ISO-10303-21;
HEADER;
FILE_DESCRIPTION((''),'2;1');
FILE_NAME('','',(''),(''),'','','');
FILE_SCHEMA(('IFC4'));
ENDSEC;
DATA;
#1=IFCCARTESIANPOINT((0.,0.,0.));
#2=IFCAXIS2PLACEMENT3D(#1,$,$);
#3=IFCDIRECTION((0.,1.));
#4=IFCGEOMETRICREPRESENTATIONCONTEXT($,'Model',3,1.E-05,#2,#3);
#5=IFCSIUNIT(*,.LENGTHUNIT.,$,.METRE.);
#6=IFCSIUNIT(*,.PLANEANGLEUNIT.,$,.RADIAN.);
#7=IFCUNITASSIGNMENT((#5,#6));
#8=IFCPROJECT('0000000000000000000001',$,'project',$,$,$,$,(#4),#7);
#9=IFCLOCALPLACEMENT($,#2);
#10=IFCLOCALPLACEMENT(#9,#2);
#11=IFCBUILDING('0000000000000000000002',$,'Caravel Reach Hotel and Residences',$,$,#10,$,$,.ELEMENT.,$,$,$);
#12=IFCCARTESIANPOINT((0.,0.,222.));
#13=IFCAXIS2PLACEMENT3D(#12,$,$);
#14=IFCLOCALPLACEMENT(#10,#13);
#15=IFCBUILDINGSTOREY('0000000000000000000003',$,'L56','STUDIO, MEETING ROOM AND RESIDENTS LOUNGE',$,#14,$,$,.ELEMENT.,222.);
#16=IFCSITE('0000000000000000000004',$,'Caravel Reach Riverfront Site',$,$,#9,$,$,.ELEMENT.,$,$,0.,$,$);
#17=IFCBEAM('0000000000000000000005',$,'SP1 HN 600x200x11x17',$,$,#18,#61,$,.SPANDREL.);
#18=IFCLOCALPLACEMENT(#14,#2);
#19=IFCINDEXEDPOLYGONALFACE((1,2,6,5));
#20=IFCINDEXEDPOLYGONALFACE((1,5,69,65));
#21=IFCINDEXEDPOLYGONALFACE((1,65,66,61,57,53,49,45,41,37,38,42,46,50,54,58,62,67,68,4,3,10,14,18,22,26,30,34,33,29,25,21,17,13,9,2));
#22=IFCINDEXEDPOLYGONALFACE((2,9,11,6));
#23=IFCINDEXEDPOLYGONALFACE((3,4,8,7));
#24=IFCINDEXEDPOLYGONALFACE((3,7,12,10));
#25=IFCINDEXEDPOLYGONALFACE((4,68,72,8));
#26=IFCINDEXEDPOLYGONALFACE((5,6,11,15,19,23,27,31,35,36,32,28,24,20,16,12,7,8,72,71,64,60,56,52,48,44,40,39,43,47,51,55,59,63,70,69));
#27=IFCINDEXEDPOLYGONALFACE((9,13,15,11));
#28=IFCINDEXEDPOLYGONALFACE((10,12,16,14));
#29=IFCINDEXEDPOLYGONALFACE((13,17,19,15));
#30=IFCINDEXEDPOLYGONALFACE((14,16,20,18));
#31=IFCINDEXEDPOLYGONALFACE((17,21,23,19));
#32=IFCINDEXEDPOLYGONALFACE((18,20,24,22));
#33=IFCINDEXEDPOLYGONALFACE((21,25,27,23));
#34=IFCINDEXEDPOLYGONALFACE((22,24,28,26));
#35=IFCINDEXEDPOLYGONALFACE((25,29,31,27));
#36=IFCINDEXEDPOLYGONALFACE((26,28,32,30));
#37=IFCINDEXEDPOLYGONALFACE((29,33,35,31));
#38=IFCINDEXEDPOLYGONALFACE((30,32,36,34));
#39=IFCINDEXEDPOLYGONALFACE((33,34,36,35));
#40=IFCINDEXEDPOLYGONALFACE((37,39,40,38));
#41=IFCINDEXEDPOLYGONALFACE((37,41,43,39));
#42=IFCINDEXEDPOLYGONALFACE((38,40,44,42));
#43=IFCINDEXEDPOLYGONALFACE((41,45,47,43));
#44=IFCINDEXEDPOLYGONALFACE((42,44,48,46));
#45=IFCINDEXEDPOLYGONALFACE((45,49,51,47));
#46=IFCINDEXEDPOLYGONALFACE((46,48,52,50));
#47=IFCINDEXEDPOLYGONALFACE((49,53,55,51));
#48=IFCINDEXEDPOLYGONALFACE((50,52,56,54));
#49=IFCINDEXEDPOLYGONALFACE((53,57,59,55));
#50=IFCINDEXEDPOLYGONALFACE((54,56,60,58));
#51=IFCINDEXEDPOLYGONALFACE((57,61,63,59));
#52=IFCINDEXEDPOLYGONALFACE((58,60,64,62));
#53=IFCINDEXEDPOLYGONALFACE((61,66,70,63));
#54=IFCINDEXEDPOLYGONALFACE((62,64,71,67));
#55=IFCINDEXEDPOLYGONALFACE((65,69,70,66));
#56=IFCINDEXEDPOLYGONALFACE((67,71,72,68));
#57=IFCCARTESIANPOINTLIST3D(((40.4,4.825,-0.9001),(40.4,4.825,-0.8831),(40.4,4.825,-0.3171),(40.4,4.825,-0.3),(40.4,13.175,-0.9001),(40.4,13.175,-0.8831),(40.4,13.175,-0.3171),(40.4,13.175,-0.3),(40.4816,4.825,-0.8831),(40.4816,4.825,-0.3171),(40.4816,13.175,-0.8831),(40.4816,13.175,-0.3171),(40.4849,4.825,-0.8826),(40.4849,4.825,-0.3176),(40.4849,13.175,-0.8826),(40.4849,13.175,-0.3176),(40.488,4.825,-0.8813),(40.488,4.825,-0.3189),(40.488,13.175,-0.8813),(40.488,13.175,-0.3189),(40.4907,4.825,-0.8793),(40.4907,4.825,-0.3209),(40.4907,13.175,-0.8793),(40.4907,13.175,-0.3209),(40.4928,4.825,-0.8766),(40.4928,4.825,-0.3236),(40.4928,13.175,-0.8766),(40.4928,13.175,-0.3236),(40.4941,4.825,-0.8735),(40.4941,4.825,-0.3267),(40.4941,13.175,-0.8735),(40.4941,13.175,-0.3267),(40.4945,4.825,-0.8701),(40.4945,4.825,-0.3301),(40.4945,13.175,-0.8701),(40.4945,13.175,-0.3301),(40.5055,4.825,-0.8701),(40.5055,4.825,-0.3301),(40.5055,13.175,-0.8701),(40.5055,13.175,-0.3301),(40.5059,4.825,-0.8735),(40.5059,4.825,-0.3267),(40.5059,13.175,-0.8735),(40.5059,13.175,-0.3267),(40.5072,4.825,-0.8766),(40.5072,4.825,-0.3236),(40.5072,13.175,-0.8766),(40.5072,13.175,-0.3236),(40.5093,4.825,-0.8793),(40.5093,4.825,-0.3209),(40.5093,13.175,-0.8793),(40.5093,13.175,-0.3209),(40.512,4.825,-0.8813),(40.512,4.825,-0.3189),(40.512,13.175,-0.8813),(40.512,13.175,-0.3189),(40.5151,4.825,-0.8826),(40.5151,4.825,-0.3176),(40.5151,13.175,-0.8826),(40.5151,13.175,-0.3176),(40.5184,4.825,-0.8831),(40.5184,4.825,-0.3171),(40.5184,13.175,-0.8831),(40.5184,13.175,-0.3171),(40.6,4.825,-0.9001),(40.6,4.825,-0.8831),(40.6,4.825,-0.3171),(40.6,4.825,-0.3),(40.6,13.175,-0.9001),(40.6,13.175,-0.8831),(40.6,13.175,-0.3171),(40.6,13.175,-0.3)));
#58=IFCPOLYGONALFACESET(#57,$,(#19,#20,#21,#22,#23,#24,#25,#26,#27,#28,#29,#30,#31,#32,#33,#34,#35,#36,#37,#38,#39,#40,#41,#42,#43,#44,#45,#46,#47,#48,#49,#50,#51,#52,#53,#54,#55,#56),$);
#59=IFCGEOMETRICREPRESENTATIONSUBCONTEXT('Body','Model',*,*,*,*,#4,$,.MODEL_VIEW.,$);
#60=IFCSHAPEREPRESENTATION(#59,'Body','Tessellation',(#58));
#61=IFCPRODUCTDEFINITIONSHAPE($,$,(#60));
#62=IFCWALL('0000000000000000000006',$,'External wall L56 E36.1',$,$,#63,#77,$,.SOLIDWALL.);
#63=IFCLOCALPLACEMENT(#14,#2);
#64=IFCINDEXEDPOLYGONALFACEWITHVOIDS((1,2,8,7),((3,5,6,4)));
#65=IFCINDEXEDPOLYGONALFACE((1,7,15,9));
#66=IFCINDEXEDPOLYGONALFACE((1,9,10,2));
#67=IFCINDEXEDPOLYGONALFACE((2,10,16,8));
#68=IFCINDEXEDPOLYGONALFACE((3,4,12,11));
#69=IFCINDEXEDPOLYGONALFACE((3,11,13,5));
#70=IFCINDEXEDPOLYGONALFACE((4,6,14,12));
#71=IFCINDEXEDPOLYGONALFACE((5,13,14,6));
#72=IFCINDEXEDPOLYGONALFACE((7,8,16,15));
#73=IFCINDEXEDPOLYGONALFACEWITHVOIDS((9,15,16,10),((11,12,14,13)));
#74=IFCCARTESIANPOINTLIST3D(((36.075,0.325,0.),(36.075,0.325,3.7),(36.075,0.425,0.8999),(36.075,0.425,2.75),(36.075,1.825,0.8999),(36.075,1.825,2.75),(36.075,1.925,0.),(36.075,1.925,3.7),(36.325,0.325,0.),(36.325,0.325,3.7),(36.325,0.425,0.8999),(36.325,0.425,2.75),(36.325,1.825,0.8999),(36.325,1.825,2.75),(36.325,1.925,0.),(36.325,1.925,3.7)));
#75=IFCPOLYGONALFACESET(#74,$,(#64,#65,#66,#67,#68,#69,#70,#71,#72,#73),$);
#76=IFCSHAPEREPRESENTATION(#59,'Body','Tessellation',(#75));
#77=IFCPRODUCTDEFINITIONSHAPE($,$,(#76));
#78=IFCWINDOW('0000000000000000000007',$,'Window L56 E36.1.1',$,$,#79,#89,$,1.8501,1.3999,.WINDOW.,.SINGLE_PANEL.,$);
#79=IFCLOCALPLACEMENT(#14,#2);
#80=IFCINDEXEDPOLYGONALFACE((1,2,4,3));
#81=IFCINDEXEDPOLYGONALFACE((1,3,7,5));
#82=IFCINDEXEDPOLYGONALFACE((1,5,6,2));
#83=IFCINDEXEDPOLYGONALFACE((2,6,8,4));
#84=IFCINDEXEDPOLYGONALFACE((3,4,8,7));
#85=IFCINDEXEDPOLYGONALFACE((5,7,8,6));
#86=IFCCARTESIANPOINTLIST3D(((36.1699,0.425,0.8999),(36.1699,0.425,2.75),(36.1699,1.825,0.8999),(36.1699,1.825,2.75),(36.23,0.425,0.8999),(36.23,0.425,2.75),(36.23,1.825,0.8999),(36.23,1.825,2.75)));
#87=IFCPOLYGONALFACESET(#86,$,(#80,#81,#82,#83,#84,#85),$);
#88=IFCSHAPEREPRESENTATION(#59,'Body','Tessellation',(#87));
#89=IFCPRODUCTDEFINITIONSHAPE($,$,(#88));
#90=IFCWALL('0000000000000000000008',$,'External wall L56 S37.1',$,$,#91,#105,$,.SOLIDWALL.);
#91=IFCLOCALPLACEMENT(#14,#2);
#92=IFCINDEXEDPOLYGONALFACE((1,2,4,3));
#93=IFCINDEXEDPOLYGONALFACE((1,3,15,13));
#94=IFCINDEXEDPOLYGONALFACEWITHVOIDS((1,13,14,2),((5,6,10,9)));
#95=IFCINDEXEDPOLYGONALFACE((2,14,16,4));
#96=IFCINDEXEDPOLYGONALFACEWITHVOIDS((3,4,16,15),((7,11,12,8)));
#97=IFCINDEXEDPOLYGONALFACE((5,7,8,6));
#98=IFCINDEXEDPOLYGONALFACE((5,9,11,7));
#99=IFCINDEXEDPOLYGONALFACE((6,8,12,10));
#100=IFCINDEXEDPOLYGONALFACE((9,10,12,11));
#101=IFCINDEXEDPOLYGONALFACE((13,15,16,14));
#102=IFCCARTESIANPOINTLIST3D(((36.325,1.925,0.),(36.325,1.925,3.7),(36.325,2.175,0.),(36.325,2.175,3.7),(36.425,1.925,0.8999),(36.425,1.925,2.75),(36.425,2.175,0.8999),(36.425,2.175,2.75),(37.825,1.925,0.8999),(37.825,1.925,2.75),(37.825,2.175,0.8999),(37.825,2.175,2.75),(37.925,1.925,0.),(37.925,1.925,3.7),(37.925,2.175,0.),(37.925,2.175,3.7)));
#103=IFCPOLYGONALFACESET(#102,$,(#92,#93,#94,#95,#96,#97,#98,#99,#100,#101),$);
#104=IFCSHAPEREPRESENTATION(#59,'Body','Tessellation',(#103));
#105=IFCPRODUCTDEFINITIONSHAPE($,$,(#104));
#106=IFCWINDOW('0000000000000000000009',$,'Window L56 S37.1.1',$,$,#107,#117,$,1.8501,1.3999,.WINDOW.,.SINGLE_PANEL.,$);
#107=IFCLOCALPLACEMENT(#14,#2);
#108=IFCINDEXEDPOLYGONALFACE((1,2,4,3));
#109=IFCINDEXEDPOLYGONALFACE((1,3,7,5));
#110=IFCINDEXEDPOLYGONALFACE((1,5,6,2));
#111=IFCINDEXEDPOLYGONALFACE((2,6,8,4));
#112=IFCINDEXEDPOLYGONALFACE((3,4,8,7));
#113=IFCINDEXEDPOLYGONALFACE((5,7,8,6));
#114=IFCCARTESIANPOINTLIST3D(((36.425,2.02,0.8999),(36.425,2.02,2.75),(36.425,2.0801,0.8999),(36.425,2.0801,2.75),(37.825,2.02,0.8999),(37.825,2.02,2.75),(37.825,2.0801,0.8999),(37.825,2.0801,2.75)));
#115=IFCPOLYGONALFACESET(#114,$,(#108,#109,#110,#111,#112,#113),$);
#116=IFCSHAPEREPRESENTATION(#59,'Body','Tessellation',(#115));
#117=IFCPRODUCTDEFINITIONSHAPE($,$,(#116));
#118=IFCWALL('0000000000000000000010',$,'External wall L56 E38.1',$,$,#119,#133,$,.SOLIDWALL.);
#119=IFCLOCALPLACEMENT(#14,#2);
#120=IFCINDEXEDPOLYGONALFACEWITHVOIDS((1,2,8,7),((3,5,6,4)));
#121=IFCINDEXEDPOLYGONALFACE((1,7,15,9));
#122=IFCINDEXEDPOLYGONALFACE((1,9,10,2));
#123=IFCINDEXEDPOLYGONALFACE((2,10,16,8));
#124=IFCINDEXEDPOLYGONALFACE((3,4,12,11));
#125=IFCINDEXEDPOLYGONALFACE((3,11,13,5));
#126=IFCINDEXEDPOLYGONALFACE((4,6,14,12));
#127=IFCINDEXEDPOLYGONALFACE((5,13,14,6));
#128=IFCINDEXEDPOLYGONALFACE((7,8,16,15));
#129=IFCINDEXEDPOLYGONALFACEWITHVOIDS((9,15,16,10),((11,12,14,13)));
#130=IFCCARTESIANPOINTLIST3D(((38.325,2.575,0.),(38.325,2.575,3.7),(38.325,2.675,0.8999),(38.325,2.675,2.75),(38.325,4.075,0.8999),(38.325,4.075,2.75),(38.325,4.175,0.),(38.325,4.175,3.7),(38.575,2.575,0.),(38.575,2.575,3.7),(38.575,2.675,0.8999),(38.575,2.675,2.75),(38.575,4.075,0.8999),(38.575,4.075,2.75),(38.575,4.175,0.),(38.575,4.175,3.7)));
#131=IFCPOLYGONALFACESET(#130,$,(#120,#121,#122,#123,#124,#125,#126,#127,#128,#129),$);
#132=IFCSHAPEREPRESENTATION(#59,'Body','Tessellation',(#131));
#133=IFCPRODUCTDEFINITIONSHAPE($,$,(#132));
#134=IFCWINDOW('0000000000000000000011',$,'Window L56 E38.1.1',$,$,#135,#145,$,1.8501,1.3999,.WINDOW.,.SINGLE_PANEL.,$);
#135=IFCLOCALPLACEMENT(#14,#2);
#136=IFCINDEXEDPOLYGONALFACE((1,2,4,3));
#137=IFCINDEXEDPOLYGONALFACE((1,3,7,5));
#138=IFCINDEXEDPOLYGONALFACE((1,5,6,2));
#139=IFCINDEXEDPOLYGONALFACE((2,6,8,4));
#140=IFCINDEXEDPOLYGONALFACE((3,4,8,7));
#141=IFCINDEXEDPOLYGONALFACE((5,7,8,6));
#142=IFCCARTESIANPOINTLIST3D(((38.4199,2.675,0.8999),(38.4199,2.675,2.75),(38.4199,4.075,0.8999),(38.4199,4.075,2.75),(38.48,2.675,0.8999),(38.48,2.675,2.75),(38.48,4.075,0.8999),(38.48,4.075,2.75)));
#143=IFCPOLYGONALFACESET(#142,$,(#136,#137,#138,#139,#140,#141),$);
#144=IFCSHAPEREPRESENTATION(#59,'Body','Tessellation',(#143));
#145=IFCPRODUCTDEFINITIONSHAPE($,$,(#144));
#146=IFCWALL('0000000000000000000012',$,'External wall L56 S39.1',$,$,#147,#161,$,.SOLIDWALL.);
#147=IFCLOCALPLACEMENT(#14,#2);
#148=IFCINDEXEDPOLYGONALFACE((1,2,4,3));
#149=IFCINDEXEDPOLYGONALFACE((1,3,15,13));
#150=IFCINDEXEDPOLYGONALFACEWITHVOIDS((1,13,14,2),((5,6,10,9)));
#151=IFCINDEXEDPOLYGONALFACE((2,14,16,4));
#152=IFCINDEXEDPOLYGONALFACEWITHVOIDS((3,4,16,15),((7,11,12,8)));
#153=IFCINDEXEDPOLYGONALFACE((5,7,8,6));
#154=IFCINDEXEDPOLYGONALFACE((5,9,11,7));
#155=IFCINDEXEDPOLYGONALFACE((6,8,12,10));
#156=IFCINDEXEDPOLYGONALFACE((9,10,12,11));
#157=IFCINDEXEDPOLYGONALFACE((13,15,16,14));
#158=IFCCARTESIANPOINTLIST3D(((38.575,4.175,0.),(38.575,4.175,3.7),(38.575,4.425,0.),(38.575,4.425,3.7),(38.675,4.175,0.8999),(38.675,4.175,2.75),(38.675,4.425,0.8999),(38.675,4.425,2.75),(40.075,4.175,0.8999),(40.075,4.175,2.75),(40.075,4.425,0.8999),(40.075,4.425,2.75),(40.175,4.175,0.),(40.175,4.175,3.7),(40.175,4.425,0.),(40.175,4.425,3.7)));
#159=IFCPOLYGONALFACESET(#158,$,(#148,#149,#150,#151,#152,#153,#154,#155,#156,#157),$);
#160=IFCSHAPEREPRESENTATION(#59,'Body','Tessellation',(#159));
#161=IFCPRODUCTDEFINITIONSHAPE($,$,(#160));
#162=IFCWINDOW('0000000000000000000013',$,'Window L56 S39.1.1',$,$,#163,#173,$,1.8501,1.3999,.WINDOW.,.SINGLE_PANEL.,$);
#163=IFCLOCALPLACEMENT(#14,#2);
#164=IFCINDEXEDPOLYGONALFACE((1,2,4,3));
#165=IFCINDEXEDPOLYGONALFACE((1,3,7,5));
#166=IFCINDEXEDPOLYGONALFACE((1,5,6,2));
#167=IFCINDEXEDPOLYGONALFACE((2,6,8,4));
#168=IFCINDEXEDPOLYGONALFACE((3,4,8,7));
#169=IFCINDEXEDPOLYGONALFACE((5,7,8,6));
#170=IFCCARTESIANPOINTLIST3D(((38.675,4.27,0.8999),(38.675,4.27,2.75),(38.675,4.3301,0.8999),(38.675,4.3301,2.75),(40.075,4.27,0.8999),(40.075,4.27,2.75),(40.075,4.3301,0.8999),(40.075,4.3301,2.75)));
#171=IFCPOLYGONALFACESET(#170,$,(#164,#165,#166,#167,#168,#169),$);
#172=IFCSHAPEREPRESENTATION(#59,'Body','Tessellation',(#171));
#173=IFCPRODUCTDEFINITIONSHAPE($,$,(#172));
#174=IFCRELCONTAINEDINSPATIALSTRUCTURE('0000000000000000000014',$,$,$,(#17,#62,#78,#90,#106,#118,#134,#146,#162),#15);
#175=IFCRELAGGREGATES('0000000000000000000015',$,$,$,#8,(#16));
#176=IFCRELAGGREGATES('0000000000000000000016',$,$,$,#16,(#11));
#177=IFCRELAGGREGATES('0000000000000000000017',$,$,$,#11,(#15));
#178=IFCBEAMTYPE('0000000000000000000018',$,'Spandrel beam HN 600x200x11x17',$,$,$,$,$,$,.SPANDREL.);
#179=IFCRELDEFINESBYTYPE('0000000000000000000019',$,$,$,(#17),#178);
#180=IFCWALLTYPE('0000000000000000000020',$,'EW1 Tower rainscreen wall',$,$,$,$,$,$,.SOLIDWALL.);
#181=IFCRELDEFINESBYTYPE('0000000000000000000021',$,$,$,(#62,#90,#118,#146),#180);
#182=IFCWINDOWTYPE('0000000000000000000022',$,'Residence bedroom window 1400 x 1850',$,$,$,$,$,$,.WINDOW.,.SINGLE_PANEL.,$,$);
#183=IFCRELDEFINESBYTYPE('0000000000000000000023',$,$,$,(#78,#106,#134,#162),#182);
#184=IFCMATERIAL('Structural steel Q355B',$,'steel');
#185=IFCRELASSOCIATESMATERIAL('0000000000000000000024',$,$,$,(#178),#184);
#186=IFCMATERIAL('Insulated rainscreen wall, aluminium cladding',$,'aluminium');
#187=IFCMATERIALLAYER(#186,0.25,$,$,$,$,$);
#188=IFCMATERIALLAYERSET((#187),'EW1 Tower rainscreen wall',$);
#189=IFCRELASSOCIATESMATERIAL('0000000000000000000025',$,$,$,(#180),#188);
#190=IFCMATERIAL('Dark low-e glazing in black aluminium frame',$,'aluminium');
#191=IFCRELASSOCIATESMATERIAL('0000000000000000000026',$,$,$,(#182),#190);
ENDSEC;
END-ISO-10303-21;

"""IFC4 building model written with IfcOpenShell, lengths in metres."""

from ifc_helpers import new_model, si_unit, direction, frame, frame_2d, origin, origin_2d, place, context, subcontext, project, spatial, rectangle, i_section, extrude, material, layer, layer_set, material_profile, profile_set, type_object, element, fill, save


model = new_model("IFC4")

# Units and contexts
model_context = context("Model", 3, precision=1e-05, world=origin(), true_north=direction((0.0, 1.0)))
body_context = subcontext(model_context, "Body", "Model", "MODEL_VIEW")
ifc_project = project(units=[si_unit("LENGTHUNIT", "METRE"), si_unit("PLANEANGLEUNIT", "RADIAN")], contexts=[model_context])

# Site, building, storey
site_placement = place(None, origin())
site = spatial("IfcSite", under=ifc_project, at=site_placement, Name="Caravel Reach Riverfront Site", CompositionType="ELEMENT", RefElevation=0.0)
building_placement = place(site_placement, origin())
building = spatial("IfcBuilding", under=site, at=building_placement, Name="Caravel Reach Hotel and Residences", CompositionType="ELEMENT")
storey_placement = place(building_placement, frame((0.0, 0.0, 222.0)))
storey = spatial("IfcBuildingStorey", under=building, at=storey_placement, Name="L56", Description="STUDIO, MEETING ROOM AND RESIDENTS LOUNGE", CompositionType="ELEMENT", Elevation=222.0)

# Beam
ifc_material_1 = material(Name="Structural steel Q355B", Category="steel")
ifc_material_profile_1 = material_profile(ifc_material_1, i_section(OverallWidth=0.2, OverallDepth=0.6001, WebThickness=0.011, FlangeThickness=0.0171, FilletRadius=0.0129, at=origin_2d()), Name="HN 600x200x11x17")
ifc_profile_set_1 = profile_set([ifc_material_profile_1], Name="Structural steel Q355B")
beam_type = type_object("IfcBeamType", Name="Spandrel beam HN 600x200x11x17", PredefinedType="SPANDREL", material=ifc_profile_set_1)
beam_placement = place(storey_placement, frame((40.5, 4.825, -0.6001), z_axis=(0.0, 1.0, 0.0), x_axis=(-1.0, 0.0, 0.0)))
element("IfcBeam", 1, at=beam_placement, inside=storey, type_object=beam_type, Name="SP1 HN 600x200x11x17", PredefinedType="SPANDREL", context=body_context, shape_type="SweptSolid", body=[
    extrude(i_section(OverallWidth=0.2, OverallDepth=0.6001, WebThickness=0.011, FlangeThickness=0.0171, FilletRadius=0.0129, at=origin_2d()), origin(), (0.0, 0.0, 1.0), 8.3501),
])

# Walls, openings, windows
ifc_material_2 = material(Name="Insulated rainscreen wall, aluminium cladding", Category="aluminium")
ifc_layer = layer(ifc_material_2, 0.25)
ifc_layer_set = layer_set([ifc_layer], Name="EW1 Tower rainscreen wall")
wall_type = type_object("IfcWallType", Name="EW1 Tower rainscreen wall", PredefinedType="SOLIDWALL", material=ifc_layer_set)
wall_1_placement = place(storey_placement, frame((36.2, 0.325, 0.0), z_axis=(0.0, 0.0, 1.0), x_axis=(0.0, 1.0, 0.0)))
wall_1 = element("IfcWall", 2, at=wall_1_placement, inside=storey, type_object=wall_type, Name="External wall L56 E36.1", PredefinedType="SOLIDWALL", context=body_context, shape_type="SweptSolid", body=[
    extrude(rectangle(XDim=1.6001, YDim=0.25, at=frame_2d((0.8, 0.0))), origin(), (0.0, 0.0, 1.0), 3.7),
])
opening_1_placement = place(wall_1_placement, frame((0.1001, 0.0, 0.8999)))
opening_1 = element("IfcOpeningElement", 3, at=opening_1_placement, cuts=wall_1, PredefinedType="OPENING", context=body_context, shape_type="SweptSolid", body=[
    extrude(rectangle(XDim=1.3999, YDim=1.8501, at=frame_2d((0.7, 0.925))), frame((0.0, 0.135, 0.0), z_axis=(0.0, -1.0, 0.0), x_axis=(1.0, 0.0, 0.0)), (0.0, 0.0, 1.0), 0.27),
])
ifc_material_3 = material(Name="Dark low-e glazing in black aluminium frame", Category="aluminium")
window_type_1 = type_object("IfcWindowType", Name="Residence bedroom window 1400 x 1850", PartitioningType="SINGLE_PANEL", PredefinedType="WINDOW", material=ifc_material_3)
window_1_placement = place(opening_1_placement, origin())
window_1 = element("IfcWindow", 4, at=window_1_placement, inside=storey, type_object=window_type_1, Name="Window L56 E36.1.1", OverallHeight=1.8501, OverallWidth=1.3999, PartitioningType="SINGLE_PANEL", PredefinedType="WINDOW", context=body_context, shape_type="SweptSolid", body=[
    extrude(rectangle(XDim=1.3999, YDim=1.8501, at=frame_2d((0.7, 0.925))), frame((0.0, 0.03, 0.0), z_axis=(0.0, -1.0, 0.0), x_axis=(1.0, 0.0, 0.0)), (0.0, 0.0, 1.0), 0.0601),
])
fill(opening_1, window_1)
wall_2_placement = place(storey_placement, frame((36.325, 2.05, 0.0), z_axis=(0.0, 0.0, 1.0), x_axis=(1.0, 0.0, 0.0)))
wall_2 = element("IfcWall", 5, at=wall_2_placement, inside=storey, type_object=wall_type, Name="External wall L56 S37.1", PredefinedType="SOLIDWALL", context=body_context, shape_type="SweptSolid", body=[
    extrude(rectangle(XDim=1.6001, YDim=0.25, at=frame_2d((0.8, 0.0))), origin(), (0.0, 0.0, 1.0), 3.7),
])
opening_2_placement = place(wall_2_placement, frame((0.1001, 0.0, 0.8999)))
opening_2 = element("IfcOpeningElement", 6, at=opening_2_placement, cuts=wall_2, PredefinedType="OPENING", context=body_context, shape_type="SweptSolid", body=[
    extrude(rectangle(XDim=1.3999, YDim=1.8501, at=frame_2d((0.7, 0.925))), frame((0.0, 0.135, 0.0), z_axis=(0.0, -1.0, 0.0), x_axis=(1.0, 0.0, 0.0)), (0.0, 0.0, 1.0), 0.27),
])
window_2_placement = place(opening_2_placement, origin())
window_2 = element("IfcWindow", 7, at=window_2_placement, inside=storey, type_object=window_type_1, Name="Window L56 S37.1.1", OverallHeight=1.8501, OverallWidth=1.3999, PartitioningType="SINGLE_PANEL", PredefinedType="WINDOW", context=body_context, shape_type="SweptSolid", body=[
    extrude(rectangle(XDim=1.3999, YDim=1.8501, at=frame_2d((0.7, 0.925))), frame((0.0, 0.03, 0.0), z_axis=(0.0, -1.0, 0.0), x_axis=(1.0, 0.0, 0.0)), (0.0, 0.0, 1.0), 0.0601),
])
fill(opening_2, window_2)
wall_3_placement = place(storey_placement, frame((38.45, 2.575, 0.0), z_axis=(0.0, 0.0, 1.0), x_axis=(0.0, 1.0, 0.0)))
wall_3 = element("IfcWall", 8, at=wall_3_placement, inside=storey, type_object=wall_type, Name="External wall L56 E38.1", PredefinedType="SOLIDWALL", context=body_context, shape_type="SweptSolid", body=[
    extrude(rectangle(XDim=1.6001, YDim=0.25, at=frame_2d((0.8, 0.0))), origin(), (0.0, 0.0, 1.0), 3.7),
])
opening_3_placement = place(wall_3_placement, frame((0.1001, 0.0, 0.8999)))
opening_3 = element("IfcOpeningElement", 9, at=opening_3_placement, cuts=wall_3, PredefinedType="OPENING", context=body_context, shape_type="SweptSolid", body=[
    extrude(rectangle(XDim=1.3999, YDim=1.8501, at=frame_2d((0.7, 0.925))), frame((0.0, 0.135, 0.0), z_axis=(0.0, -1.0, 0.0), x_axis=(1.0, 0.0, 0.0)), (0.0, 0.0, 1.0), 0.27),
])
window_3_placement = place(opening_3_placement, origin())
window_3 = element("IfcWindow", 10, at=window_3_placement, inside=storey, type_object=window_type_1, Name="Window L56 E38.1.1", OverallHeight=1.8501, OverallWidth=1.3999, PartitioningType="SINGLE_PANEL", PredefinedType="WINDOW", context=body_context, shape_type="SweptSolid", body=[
    extrude(rectangle(XDim=1.3999, YDim=1.8501, at=frame_2d((0.7, 0.925))), frame((0.0, 0.03, 0.0), z_axis=(0.0, -1.0, 0.0), x_axis=(1.0, 0.0, 0.0)), (0.0, 0.0, 1.0), 0.0601),
])
fill(opening_3, window_3)
wall_4_placement = place(storey_placement, frame((38.575, 4.3, 0.0), z_axis=(0.0, 0.0, 1.0), x_axis=(1.0, 0.0, 0.0)))
wall_4 = element("IfcWall", 11, at=wall_4_placement, inside=storey, type_object=wall_type, Name="External wall L56 S39.1", PredefinedType="SOLIDWALL", context=body_context, shape_type="SweptSolid", body=[
    extrude(rectangle(XDim=1.6001, YDim=0.25, at=frame_2d((0.8, 0.0))), origin(), (0.0, 0.0, 1.0), 3.7),
])
opening_4_placement = place(wall_4_placement, frame((0.1001, 0.0, 0.8999)))
opening_4 = element("IfcOpeningElement", 12, at=opening_4_placement, cuts=wall_4, PredefinedType="OPENING", context=body_context, shape_type="SweptSolid", body=[
    extrude(rectangle(XDim=1.3999, YDim=1.8501, at=frame_2d((0.7, 0.925))), frame((0.0, 0.135, 0.0), z_axis=(0.0, -1.0, 0.0), x_axis=(1.0, 0.0, 0.0)), (0.0, 0.0, 1.0), 0.27),
])
window_4_placement = place(opening_4_placement, origin())
window_4 = element("IfcWindow", 13, at=window_4_placement, inside=storey, type_object=window_type_1, Name="Window L56 S39.1.1", OverallHeight=1.8501, OverallWidth=1.3999, PartitioningType="SINGLE_PANEL", PredefinedType="WINDOW", context=body_context, shape_type="SweptSolid", body=[
    extrude(rectangle(XDim=1.3999, YDim=1.8501, at=frame_2d((0.7, 0.925))), frame((0.0, 0.03, 0.0), z_axis=(0.0, -1.0, 0.0), x_axis=(1.0, 0.0, 0.0)), (0.0, 0.0, 1.0), 0.0601),
])
fill(opening_4, window_4)

save(model, "model.ifc")
